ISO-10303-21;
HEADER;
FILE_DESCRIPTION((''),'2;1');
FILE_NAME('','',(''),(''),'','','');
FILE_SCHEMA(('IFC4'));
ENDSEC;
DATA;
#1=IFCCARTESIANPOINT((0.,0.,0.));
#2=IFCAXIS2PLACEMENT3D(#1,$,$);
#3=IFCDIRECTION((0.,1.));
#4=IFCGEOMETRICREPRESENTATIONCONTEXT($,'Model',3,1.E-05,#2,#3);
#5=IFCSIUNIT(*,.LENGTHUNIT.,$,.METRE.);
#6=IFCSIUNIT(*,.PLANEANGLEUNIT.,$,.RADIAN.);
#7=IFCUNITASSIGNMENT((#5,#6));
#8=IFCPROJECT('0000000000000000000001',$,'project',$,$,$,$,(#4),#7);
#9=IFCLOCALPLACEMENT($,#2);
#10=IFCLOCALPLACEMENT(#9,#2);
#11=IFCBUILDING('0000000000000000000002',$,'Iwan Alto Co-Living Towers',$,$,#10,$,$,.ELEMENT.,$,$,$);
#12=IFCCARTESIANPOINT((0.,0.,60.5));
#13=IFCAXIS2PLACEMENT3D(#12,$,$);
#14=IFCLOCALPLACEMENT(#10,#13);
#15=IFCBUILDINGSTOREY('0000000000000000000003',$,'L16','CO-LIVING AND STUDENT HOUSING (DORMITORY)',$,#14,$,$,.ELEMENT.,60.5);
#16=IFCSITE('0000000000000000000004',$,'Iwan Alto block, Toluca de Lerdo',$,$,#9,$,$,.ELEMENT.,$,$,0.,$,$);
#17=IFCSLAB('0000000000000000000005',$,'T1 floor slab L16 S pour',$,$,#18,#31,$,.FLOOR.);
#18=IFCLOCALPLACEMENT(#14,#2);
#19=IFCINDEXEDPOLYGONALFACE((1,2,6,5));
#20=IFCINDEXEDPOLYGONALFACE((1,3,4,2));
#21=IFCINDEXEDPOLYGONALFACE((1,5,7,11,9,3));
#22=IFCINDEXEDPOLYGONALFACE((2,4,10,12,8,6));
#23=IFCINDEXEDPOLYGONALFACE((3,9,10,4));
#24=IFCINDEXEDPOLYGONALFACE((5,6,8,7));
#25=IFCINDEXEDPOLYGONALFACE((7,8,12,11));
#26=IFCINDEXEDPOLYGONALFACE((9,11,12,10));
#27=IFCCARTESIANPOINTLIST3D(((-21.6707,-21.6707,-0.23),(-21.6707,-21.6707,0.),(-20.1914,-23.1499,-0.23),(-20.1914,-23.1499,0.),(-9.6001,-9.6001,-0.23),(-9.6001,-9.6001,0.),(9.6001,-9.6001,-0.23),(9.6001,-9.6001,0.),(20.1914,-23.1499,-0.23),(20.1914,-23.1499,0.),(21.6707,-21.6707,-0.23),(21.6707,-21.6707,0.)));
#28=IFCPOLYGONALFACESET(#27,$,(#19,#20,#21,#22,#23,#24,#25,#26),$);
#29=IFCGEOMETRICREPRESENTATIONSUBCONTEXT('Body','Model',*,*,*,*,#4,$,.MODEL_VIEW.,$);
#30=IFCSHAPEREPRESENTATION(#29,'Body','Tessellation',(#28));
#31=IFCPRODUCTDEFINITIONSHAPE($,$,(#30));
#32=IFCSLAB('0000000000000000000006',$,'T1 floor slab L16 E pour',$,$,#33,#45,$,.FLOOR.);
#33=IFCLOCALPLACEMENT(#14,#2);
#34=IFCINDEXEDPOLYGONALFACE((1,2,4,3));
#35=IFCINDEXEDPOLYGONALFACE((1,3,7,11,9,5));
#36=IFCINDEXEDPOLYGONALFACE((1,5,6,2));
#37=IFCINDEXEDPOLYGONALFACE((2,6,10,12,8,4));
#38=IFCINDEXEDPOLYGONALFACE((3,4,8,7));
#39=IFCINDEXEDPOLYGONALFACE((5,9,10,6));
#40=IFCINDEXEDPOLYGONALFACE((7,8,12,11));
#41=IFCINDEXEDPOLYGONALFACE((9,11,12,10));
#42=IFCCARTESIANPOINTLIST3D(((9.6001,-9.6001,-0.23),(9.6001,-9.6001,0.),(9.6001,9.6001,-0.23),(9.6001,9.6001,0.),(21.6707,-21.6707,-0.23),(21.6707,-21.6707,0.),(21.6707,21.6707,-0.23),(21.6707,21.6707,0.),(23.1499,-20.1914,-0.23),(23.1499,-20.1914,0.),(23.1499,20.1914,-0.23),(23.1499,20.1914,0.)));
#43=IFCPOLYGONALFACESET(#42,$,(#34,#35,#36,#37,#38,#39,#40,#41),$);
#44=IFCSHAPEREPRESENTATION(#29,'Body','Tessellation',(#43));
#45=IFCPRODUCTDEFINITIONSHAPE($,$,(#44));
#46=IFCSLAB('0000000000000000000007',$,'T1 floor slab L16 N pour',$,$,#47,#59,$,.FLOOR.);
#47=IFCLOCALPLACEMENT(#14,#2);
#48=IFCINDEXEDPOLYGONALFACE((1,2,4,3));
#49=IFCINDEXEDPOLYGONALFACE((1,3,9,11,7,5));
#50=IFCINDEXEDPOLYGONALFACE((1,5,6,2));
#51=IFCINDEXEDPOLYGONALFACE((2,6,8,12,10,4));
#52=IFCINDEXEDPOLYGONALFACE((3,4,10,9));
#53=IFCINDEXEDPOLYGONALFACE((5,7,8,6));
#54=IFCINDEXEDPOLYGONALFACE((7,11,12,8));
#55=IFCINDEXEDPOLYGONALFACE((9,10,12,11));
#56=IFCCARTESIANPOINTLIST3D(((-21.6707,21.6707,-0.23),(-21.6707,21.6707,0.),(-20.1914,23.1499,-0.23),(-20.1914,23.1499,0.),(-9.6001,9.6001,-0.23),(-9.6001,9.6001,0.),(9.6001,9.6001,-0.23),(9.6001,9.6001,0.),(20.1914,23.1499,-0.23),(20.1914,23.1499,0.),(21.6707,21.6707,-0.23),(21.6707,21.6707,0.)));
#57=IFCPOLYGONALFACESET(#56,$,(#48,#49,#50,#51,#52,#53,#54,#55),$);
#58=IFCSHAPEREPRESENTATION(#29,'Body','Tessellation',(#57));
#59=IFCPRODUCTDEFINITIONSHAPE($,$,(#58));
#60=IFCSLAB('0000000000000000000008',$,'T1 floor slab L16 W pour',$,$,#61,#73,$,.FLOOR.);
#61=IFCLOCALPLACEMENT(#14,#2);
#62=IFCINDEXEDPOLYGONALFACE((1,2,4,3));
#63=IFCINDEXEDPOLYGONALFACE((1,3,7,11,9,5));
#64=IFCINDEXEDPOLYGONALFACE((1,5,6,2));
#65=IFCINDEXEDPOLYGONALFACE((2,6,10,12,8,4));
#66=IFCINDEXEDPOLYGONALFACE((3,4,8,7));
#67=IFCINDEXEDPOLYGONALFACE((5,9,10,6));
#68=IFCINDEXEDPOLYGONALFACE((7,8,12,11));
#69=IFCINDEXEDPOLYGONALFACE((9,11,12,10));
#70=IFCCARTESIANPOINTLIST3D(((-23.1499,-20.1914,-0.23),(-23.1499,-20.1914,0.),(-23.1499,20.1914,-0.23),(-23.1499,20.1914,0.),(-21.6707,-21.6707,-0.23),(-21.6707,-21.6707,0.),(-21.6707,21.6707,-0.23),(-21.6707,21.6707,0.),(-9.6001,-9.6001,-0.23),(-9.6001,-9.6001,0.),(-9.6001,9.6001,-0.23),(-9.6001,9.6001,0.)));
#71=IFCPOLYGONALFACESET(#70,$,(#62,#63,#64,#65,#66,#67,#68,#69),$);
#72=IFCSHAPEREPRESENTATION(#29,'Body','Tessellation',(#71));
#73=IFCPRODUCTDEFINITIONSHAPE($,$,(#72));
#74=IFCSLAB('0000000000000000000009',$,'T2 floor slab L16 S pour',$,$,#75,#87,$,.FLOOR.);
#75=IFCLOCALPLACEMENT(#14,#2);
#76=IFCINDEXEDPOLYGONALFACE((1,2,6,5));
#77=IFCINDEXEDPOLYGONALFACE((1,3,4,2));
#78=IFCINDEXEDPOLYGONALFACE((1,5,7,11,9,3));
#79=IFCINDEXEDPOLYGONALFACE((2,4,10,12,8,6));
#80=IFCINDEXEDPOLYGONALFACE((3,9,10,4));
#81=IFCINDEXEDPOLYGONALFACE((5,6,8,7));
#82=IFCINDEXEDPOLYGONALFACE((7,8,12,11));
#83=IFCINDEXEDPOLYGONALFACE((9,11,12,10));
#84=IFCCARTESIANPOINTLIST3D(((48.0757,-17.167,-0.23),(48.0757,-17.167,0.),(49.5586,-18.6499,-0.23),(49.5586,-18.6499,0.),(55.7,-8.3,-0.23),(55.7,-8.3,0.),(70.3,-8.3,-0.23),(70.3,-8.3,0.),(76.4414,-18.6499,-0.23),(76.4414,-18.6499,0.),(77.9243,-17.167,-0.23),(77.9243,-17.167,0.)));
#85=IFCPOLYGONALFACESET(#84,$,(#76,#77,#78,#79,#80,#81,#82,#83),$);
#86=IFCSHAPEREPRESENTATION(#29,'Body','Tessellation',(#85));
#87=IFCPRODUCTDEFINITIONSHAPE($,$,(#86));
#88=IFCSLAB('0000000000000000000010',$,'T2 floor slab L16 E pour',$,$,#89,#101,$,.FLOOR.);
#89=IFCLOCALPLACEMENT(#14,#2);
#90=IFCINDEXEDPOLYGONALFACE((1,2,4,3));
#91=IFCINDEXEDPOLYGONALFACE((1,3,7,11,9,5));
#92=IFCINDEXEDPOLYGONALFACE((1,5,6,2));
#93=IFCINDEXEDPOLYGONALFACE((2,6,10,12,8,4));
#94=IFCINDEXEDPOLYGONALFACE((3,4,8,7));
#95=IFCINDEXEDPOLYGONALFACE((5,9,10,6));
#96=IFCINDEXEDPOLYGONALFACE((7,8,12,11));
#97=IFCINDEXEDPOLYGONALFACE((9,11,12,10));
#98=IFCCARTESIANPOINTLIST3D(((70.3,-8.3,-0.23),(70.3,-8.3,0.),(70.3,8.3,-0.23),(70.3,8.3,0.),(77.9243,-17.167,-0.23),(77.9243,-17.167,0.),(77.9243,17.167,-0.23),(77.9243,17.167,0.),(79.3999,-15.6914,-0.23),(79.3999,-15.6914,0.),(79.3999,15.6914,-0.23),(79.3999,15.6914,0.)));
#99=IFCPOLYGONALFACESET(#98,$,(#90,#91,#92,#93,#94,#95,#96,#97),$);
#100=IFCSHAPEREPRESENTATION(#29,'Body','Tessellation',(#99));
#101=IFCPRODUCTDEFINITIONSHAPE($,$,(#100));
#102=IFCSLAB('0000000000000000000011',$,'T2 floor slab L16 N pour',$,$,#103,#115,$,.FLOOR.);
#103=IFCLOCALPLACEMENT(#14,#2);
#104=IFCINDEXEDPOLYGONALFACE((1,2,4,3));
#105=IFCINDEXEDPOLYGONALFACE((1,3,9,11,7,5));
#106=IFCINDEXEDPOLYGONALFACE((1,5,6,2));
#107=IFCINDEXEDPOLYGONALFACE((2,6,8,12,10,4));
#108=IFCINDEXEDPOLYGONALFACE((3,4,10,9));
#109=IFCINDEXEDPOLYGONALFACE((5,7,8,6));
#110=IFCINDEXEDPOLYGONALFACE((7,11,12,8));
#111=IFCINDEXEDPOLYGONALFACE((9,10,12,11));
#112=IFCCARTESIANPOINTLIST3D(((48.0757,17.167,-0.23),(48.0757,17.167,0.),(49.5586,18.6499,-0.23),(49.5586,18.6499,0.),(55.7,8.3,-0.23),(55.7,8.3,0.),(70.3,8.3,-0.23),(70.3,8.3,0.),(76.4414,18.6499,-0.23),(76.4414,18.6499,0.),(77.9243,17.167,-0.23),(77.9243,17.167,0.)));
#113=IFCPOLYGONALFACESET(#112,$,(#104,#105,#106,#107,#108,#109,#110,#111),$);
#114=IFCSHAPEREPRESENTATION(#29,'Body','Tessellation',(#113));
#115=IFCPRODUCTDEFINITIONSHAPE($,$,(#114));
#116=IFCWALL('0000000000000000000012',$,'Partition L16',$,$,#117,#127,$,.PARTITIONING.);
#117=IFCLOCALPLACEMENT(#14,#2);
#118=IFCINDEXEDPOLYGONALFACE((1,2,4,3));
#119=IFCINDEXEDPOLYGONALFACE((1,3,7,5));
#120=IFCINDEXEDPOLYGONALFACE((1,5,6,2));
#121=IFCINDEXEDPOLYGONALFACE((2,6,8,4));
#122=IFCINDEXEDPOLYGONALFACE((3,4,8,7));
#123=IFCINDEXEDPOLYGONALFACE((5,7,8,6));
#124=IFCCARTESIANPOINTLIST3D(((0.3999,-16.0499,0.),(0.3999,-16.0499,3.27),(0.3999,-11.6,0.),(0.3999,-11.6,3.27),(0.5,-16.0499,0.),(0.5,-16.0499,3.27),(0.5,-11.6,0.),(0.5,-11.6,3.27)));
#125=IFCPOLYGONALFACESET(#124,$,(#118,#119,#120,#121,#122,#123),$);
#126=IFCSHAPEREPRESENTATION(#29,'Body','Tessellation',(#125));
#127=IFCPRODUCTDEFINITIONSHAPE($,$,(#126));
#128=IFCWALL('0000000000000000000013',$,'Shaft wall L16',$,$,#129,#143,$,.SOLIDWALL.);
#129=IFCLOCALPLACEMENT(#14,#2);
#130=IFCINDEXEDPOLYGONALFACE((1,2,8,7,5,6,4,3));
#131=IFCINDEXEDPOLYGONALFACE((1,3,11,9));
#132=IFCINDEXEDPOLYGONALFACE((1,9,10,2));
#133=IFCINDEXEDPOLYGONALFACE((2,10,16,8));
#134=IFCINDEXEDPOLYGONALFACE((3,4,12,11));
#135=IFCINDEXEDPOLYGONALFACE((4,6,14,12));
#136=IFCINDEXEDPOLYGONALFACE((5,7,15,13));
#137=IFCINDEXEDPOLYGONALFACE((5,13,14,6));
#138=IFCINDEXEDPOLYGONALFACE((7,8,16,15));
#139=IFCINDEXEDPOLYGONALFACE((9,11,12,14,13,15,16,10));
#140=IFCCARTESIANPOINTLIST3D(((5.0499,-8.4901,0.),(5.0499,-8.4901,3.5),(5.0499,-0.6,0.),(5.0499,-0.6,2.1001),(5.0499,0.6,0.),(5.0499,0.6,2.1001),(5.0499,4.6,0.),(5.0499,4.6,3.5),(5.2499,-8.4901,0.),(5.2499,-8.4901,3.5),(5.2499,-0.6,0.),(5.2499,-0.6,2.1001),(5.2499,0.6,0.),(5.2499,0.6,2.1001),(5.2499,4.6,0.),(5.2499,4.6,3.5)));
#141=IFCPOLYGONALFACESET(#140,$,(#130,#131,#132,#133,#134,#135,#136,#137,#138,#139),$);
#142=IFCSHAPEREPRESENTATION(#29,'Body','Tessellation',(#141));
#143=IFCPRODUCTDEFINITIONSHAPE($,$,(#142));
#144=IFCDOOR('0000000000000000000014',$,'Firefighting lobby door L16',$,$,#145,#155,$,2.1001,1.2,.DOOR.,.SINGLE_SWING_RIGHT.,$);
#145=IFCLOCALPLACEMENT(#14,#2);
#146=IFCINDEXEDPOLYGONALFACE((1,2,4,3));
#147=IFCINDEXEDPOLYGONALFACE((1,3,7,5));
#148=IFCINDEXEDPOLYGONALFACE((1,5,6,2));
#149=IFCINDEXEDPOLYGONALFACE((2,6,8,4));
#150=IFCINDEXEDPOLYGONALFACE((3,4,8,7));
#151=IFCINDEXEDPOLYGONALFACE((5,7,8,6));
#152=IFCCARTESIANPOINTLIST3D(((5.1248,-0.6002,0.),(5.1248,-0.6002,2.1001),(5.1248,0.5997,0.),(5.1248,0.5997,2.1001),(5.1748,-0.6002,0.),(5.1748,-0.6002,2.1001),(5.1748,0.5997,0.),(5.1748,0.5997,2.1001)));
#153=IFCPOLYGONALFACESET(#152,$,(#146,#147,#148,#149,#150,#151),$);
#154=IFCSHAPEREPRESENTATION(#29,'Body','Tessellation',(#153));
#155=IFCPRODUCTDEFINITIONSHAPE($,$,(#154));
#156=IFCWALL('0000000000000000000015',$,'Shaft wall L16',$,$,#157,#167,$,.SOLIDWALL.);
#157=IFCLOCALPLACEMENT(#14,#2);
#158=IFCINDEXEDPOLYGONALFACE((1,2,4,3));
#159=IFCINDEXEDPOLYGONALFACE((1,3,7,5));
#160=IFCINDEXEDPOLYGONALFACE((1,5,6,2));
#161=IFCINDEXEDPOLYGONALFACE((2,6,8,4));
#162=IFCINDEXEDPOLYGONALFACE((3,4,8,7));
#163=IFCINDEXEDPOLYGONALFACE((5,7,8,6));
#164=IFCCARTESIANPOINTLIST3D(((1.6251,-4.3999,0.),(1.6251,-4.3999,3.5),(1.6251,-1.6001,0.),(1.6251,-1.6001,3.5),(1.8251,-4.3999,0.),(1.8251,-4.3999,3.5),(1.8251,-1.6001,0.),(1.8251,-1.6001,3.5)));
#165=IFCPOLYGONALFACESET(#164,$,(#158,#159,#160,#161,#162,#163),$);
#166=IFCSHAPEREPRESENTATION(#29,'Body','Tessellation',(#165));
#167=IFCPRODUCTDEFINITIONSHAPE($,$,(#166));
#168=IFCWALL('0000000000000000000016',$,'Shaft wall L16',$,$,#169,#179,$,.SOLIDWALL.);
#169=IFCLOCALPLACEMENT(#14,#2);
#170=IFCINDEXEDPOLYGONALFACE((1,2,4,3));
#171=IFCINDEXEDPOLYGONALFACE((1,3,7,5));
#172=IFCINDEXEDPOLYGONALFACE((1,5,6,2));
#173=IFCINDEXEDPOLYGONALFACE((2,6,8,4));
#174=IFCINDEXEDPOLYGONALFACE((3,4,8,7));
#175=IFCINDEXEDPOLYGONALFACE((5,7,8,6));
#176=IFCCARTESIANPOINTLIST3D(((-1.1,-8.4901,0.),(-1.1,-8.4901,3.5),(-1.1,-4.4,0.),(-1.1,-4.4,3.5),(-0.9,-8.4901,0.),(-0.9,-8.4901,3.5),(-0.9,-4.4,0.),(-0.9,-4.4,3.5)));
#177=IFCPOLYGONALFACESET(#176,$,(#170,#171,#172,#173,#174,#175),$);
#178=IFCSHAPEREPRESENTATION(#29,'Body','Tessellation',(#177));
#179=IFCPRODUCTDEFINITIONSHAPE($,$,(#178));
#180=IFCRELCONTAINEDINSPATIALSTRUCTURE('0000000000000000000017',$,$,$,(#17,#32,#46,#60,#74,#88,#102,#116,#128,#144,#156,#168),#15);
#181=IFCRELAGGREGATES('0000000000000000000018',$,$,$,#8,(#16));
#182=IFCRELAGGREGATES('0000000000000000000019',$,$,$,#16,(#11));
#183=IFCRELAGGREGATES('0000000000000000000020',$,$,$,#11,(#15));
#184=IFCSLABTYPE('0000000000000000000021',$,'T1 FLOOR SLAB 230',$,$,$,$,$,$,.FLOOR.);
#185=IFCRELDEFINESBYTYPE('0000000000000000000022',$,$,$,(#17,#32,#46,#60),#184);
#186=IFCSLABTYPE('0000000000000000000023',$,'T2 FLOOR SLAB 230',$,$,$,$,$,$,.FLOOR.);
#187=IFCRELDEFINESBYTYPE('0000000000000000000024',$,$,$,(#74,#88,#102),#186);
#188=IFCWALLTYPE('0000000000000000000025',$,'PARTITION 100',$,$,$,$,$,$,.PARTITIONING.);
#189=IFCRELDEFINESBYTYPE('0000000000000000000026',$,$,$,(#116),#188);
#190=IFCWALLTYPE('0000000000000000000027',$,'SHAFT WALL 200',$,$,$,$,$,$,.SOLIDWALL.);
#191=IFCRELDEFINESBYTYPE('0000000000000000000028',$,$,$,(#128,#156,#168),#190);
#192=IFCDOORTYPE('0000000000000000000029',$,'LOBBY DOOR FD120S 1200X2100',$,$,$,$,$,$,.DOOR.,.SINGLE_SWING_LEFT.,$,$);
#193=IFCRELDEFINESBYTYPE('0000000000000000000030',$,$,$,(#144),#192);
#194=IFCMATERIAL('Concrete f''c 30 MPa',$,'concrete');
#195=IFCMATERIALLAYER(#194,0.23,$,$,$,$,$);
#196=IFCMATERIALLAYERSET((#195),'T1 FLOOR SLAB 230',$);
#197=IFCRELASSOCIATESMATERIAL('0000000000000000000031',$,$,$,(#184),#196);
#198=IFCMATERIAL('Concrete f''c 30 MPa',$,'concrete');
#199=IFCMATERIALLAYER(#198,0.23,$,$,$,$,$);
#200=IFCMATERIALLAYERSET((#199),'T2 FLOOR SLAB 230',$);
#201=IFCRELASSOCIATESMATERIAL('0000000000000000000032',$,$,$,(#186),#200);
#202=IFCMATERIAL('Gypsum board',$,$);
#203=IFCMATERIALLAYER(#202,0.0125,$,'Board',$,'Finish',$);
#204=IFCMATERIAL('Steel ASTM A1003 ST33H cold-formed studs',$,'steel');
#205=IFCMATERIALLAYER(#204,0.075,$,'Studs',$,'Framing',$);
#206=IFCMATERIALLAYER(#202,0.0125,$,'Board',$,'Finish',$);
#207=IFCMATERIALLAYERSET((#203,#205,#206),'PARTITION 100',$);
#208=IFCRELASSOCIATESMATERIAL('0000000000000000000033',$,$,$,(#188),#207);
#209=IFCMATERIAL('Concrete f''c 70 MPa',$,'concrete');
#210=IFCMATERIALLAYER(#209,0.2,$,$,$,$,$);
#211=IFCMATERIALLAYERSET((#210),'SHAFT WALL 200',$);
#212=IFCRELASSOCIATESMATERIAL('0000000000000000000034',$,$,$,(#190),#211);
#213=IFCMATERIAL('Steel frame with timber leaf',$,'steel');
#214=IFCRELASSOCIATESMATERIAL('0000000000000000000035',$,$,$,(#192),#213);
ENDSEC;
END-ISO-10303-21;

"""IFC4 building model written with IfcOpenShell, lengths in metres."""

from ifc_helpers import new_model, si_unit, direction, frame, frame_2d, origin, place, context, subcontext, project, spatial, polyline, rectangle, outline, extrude, material, layer, layer_set, type_object, element, fill, save


model = new_model("IFC4")

# Units and contexts
model_context = context("Model", 3, precision=1e-05, world=origin(), true_north=direction((0.0, 1.0)))
body_context = subcontext(model_context, "Body", "Model", "MODEL_VIEW")
ifc_project = project(units=[si_unit("LENGTHUNIT", "METRE"), si_unit("PLANEANGLEUNIT", "RADIAN")], contexts=[model_context])

# Site, building, storey
site_placement = place(None, origin())
site = spatial("IfcSite", under=ifc_project, at=site_placement, Name="Iwan Alto block, Toluca de Lerdo", CompositionType="ELEMENT", RefElevation=0.0)
building_placement = place(site_placement, origin())
building = spatial("IfcBuilding", under=site, at=building_placement, Name="Iwan Alto Co-Living Towers", CompositionType="ELEMENT")
storey_placement = place(building_placement, frame((0.0, 0.0, 60.5)))
storey = spatial("IfcBuildingStorey", under=building, at=storey_placement, Name="L16", Description="CO-LIVING AND STUDENT HOUSING (DORMITORY)", CompositionType="ELEMENT", Elevation=60.5)

# Slabs
ifc_material_1 = material(Name="Concrete f'c 30 MPa", Category="concrete")
ifc_layer_1 = layer(ifc_material_1, 0.23)
ifc_layer_set_1 = layer_set([ifc_layer_1], Name="T1 FLOOR SLAB 230")
slab_type_1 = type_object("IfcSlabType", Name="T1 FLOOR SLAB 230", PredefinedType="FLOOR", material=ifc_layer_set_1)
slab_1_placement = place(storey_placement, frame((0.0, 0.0, -0.23)))
element("IfcSlab", 1, at=slab_1_placement, inside=storey, type_object=slab_type_1, Name="T1 floor slab L16 S pour", PredefinedType="FLOOR", context=body_context, shape_type="SweptSolid", body=[
    extrude(outline(polyline([(20.1914, -23.1499), (-20.1914, -23.1499), (-21.6707, -21.6707), (-9.6001, -9.6001), (9.6001, -9.6001), (21.6707, -21.6707), (20.1914, -23.1499)])), origin(), (0.0, 0.0, 1.0), 0.23),
])
slab_2_placement = place(storey_placement, frame((0.0, 0.0, -0.23)))
element("IfcSlab", 2, at=slab_2_placement, inside=storey, type_object=slab_type_1, Name="T1 floor slab L16 E pour", PredefinedType="FLOOR", context=body_context, shape_type="SweptSolid", body=[
    extrude(outline(polyline([(23.1499, 20.1914), (23.1499, -20.1914), (21.6707, -21.6707), (9.6001, -9.6001), (9.6001, 9.6001), (21.6707, 21.6707), (23.1499, 20.1914)])), origin(), (0.0, 0.0, 1.0), 0.23),
])
slab_3_placement = place(storey_placement, frame((0.0, 0.0, -0.23)))
element("IfcSlab", 3, at=slab_3_placement, inside=storey, type_object=slab_type_1, Name="T1 floor slab L16 N pour", PredefinedType="FLOOR", context=body_context, shape_type="SweptSolid", body=[
    extrude(outline(polyline([(-20.1914, 23.1499), (20.1914, 23.1499), (21.6707, 21.6707), (9.6001, 9.6001), (-9.6001, 9.6001), (-21.6707, 21.6707), (-20.1914, 23.1499)])), origin(), (0.0, 0.0, 1.0), 0.23),
])
slab_4_placement = place(storey_placement, frame((0.0, 0.0, -0.23)))
element("IfcSlab", 4, at=slab_4_placement, inside=storey, type_object=slab_type_1, Name="T1 floor slab L16 W pour", PredefinedType="FLOOR", context=body_context, shape_type="SweptSolid", body=[
    extrude(outline(polyline([(-23.1499, 20.1914), (-21.6707, 21.6707), (-9.6001, 9.6001), (-9.6001, -9.6001), (-21.6707, -21.6707), (-23.1499, -20.1914), (-23.1499, 20.1914)])), origin(), (0.0, 0.0, 1.0), 0.23),
])
ifc_material_2 = material(Name="Concrete f'c 30 MPa", Category="concrete")
ifc_layer_2 = layer(ifc_material_2, 0.23)
ifc_layer_set_2 = layer_set([ifc_layer_2], Name="T2 FLOOR SLAB 230")
slab_type_2 = type_object("IfcSlabType", Name="T2 FLOOR SLAB 230", PredefinedType="FLOOR", material=ifc_layer_set_2)
slab_5_placement = place(storey_placement, frame((0.0, 0.0, -0.23)))
element("IfcSlab", 5, at=slab_5_placement, inside=storey, type_object=slab_type_2, Name="T2 floor slab L16 S pour", PredefinedType="FLOOR", context=body_context, shape_type="SweptSolid", body=[
    extrude(outline(polyline([(76.4414, -18.6499), (49.5586, -18.6499), (48.0757, -17.167), (55.7, -8.3), (70.3, -8.3), (77.9243, -17.167), (76.4414, -18.6499)])), origin(), (0.0, 0.0, 1.0), 0.23),
])
slab_6_placement = place(storey_placement, frame((0.0, 0.0, -0.23)))
element("IfcSlab", 6, at=slab_6_placement, inside=storey, type_object=slab_type_2, Name="T2 floor slab L16 E pour", PredefinedType="FLOOR", context=body_context, shape_type="SweptSolid", body=[
    extrude(outline(polyline([(79.3999, 15.6914), (79.3999, -15.6914), (77.9243, -17.167), (70.3, -8.3), (70.3, 8.3), (77.9243, 17.167), (79.3999, 15.6914)])), origin(), (0.0, 0.0, 1.0), 0.23),
])
slab_7_placement = place(storey_placement, frame((0.0, 0.0, -0.23)))
element("IfcSlab", 7, at=slab_7_placement, inside=storey, type_object=slab_type_2, Name="T2 floor slab L16 N pour", PredefinedType="FLOOR", context=body_context, shape_type="SweptSolid", body=[
    extrude(outline(polyline([(49.5586, 18.6499), (76.4414, 18.6499), (77.9243, 17.167), (70.3, 8.3), (55.7, 8.3), (48.0757, 17.167), (49.5586, 18.6499)])), origin(), (0.0, 0.0, 1.0), 0.23),
])

# Wall
ifc_material_3 = material(Name="Gypsum board")
ifc_layer_3 = layer(ifc_material_3, 0.0125, Name="Board", Category="Finish")
ifc_material_4 = material(Name="Steel ASTM A1003 ST33H cold-formed studs", Category="steel")
ifc_layer_4 = layer(ifc_material_4, 0.075, Name="Studs", Category="Framing")
ifc_layer_5 = layer(ifc_material_3, 0.0125, Name="Board", Category="Finish")
ifc_layer_set_3 = layer_set([ifc_layer_3, ifc_layer_4, ifc_layer_5], Name="PARTITION 100")
wall_type_1 = type_object("IfcWallType", Name="PARTITION 100", PredefinedType="PARTITIONING", material=ifc_layer_set_3)
wall_1_placement = place(storey_placement, frame((0.45, -16.05, 0.0), z_axis=(0.0, 0.0, 1.0), x_axis=(0.0, 1.0, 0.0)))
element("IfcWall", 8, at=wall_1_placement, inside=storey, type_object=wall_type_1, Name="Partition L16", PredefinedType="PARTITIONING", context=body_context, shape_type="SweptSolid", body=[
    extrude(rectangle(XDim=4.45, YDim=0.1001, at=frame_2d((2.2251, 0.0))), origin(), (0.0, 0.0, 1.0), 3.27),
])

# Wall, opening, door
ifc_material_5 = material(Name="Concrete f'c 70 MPa", Category="concrete")
ifc_layer_6 = layer(ifc_material_5, 0.2)
ifc_layer_set_4 = layer_set([ifc_layer_6], Name="SHAFT WALL 200")
wall_type_2 = type_object("IfcWallType", Name="SHAFT WALL 200", PredefinedType="SOLIDWALL", material=ifc_layer_set_4)
wall_2_placement = place(storey_placement, frame((5.1499, -8.49, 0.0), z_axis=(0.0, 0.0, 1.0), x_axis=(0.0, 1.0, 0.0)))
wall_2 = element("IfcWall", 9, at=wall_2_placement, inside=storey, type_object=wall_type_2, Name="Shaft wall L16", PredefinedType="SOLIDWALL", context=body_context, shape_type="SweptSolid", body=[
    extrude(rectangle(XDim=13.0901, YDim=0.2, at=frame_2d((6.5449, 0.0))), origin(), (0.0, 0.0, 1.0), 3.5),
])
opening_1_placement = place(wall_2_placement, frame((7.8899, 0.0, 0.0)))
opening_1 = element("IfcOpeningElement", 10, at=opening_1_placement, cuts=wall_2, PredefinedType="OPENING", context=body_context, shape_type="SweptSolid", body=[
    extrude(rectangle(XDim=1.2, YDim=2.1001, at=frame_2d((0.6001, 1.05))), frame((0.0, 0.1099, 0.0), z_axis=(0.0, -1.0, 0.0), x_axis=(1.0, 0.0, 0.0)), (0.0, 0.0, 1.0), 0.22),
])
ifc_material_6 = material(Name="Steel frame with timber leaf", Category="steel")
door_type_1 = type_object("IfcDoorType", Name="LOBBY DOOR FD120S 1200X2100", OperationType="SINGLE_SWING_LEFT", PredefinedType="DOOR", material=ifc_material_6)
door_1_placement = place(opening_1_placement, frame((1.2, 0.0, 0.0), z_axis=(0.0, 0.0, 1.0), x_axis=(-1.0, 0.0, 0.0)))
door_1 = element("IfcDoor", 11, at=door_1_placement, inside=storey, type_object=door_type_1, Name="Firefighting lobby door L16", OperationType="SINGLE_SWING_RIGHT", OverallHeight=2.1001, OverallWidth=1.2, PredefinedType="DOOR", context=body_context, shape_type="SweptSolid", body=[
    extrude(rectangle(XDim=1.2, YDim=2.1001, at=frame_2d((0.6001, 1.05))), frame((0.0, 0.0249, 0.0), z_axis=(0.0, -1.0, 0.0), x_axis=(1.0, 0.0, 0.0)), (0.0, 0.0, 1.0), 0.05),
])
fill(opening_1, door_1)

# Walls
wall_3_placement = place(storey_placement, frame((1.7251, -4.3999, 0.0), z_axis=(0.0, 0.0, 1.0), x_axis=(0.0, 1.0, 0.0)))
element("IfcWall", 12, at=wall_3_placement, inside=storey, type_object=wall_type_2, Name="Shaft wall L16", PredefinedType="SOLIDWALL", context=body_context, shape_type="SweptSolid", body=[
    extrude(rectangle(XDim=2.7998, YDim=0.2, at=frame_2d((1.3999, 0.0))), origin(), (0.0, 0.0, 1.0), 3.5),
])
wall_4_placement = place(storey_placement, frame((-1.0, -8.49, 0.0), z_axis=(0.0, 0.0, 1.0), x_axis=(0.0, 1.0, 0.0)))
element("IfcWall", 13, at=wall_4_placement, inside=storey, type_object=wall_type_2, Name="Shaft wall L16", PredefinedType="SOLIDWALL", context=body_context, shape_type="SweptSolid", body=[
    extrude(rectangle(XDim=4.0901, YDim=0.2, at=frame_2d((2.0449, 0.0))), origin(), (0.0, 0.0, 1.0), 3.5),
])

save(model, "model.ifc")
